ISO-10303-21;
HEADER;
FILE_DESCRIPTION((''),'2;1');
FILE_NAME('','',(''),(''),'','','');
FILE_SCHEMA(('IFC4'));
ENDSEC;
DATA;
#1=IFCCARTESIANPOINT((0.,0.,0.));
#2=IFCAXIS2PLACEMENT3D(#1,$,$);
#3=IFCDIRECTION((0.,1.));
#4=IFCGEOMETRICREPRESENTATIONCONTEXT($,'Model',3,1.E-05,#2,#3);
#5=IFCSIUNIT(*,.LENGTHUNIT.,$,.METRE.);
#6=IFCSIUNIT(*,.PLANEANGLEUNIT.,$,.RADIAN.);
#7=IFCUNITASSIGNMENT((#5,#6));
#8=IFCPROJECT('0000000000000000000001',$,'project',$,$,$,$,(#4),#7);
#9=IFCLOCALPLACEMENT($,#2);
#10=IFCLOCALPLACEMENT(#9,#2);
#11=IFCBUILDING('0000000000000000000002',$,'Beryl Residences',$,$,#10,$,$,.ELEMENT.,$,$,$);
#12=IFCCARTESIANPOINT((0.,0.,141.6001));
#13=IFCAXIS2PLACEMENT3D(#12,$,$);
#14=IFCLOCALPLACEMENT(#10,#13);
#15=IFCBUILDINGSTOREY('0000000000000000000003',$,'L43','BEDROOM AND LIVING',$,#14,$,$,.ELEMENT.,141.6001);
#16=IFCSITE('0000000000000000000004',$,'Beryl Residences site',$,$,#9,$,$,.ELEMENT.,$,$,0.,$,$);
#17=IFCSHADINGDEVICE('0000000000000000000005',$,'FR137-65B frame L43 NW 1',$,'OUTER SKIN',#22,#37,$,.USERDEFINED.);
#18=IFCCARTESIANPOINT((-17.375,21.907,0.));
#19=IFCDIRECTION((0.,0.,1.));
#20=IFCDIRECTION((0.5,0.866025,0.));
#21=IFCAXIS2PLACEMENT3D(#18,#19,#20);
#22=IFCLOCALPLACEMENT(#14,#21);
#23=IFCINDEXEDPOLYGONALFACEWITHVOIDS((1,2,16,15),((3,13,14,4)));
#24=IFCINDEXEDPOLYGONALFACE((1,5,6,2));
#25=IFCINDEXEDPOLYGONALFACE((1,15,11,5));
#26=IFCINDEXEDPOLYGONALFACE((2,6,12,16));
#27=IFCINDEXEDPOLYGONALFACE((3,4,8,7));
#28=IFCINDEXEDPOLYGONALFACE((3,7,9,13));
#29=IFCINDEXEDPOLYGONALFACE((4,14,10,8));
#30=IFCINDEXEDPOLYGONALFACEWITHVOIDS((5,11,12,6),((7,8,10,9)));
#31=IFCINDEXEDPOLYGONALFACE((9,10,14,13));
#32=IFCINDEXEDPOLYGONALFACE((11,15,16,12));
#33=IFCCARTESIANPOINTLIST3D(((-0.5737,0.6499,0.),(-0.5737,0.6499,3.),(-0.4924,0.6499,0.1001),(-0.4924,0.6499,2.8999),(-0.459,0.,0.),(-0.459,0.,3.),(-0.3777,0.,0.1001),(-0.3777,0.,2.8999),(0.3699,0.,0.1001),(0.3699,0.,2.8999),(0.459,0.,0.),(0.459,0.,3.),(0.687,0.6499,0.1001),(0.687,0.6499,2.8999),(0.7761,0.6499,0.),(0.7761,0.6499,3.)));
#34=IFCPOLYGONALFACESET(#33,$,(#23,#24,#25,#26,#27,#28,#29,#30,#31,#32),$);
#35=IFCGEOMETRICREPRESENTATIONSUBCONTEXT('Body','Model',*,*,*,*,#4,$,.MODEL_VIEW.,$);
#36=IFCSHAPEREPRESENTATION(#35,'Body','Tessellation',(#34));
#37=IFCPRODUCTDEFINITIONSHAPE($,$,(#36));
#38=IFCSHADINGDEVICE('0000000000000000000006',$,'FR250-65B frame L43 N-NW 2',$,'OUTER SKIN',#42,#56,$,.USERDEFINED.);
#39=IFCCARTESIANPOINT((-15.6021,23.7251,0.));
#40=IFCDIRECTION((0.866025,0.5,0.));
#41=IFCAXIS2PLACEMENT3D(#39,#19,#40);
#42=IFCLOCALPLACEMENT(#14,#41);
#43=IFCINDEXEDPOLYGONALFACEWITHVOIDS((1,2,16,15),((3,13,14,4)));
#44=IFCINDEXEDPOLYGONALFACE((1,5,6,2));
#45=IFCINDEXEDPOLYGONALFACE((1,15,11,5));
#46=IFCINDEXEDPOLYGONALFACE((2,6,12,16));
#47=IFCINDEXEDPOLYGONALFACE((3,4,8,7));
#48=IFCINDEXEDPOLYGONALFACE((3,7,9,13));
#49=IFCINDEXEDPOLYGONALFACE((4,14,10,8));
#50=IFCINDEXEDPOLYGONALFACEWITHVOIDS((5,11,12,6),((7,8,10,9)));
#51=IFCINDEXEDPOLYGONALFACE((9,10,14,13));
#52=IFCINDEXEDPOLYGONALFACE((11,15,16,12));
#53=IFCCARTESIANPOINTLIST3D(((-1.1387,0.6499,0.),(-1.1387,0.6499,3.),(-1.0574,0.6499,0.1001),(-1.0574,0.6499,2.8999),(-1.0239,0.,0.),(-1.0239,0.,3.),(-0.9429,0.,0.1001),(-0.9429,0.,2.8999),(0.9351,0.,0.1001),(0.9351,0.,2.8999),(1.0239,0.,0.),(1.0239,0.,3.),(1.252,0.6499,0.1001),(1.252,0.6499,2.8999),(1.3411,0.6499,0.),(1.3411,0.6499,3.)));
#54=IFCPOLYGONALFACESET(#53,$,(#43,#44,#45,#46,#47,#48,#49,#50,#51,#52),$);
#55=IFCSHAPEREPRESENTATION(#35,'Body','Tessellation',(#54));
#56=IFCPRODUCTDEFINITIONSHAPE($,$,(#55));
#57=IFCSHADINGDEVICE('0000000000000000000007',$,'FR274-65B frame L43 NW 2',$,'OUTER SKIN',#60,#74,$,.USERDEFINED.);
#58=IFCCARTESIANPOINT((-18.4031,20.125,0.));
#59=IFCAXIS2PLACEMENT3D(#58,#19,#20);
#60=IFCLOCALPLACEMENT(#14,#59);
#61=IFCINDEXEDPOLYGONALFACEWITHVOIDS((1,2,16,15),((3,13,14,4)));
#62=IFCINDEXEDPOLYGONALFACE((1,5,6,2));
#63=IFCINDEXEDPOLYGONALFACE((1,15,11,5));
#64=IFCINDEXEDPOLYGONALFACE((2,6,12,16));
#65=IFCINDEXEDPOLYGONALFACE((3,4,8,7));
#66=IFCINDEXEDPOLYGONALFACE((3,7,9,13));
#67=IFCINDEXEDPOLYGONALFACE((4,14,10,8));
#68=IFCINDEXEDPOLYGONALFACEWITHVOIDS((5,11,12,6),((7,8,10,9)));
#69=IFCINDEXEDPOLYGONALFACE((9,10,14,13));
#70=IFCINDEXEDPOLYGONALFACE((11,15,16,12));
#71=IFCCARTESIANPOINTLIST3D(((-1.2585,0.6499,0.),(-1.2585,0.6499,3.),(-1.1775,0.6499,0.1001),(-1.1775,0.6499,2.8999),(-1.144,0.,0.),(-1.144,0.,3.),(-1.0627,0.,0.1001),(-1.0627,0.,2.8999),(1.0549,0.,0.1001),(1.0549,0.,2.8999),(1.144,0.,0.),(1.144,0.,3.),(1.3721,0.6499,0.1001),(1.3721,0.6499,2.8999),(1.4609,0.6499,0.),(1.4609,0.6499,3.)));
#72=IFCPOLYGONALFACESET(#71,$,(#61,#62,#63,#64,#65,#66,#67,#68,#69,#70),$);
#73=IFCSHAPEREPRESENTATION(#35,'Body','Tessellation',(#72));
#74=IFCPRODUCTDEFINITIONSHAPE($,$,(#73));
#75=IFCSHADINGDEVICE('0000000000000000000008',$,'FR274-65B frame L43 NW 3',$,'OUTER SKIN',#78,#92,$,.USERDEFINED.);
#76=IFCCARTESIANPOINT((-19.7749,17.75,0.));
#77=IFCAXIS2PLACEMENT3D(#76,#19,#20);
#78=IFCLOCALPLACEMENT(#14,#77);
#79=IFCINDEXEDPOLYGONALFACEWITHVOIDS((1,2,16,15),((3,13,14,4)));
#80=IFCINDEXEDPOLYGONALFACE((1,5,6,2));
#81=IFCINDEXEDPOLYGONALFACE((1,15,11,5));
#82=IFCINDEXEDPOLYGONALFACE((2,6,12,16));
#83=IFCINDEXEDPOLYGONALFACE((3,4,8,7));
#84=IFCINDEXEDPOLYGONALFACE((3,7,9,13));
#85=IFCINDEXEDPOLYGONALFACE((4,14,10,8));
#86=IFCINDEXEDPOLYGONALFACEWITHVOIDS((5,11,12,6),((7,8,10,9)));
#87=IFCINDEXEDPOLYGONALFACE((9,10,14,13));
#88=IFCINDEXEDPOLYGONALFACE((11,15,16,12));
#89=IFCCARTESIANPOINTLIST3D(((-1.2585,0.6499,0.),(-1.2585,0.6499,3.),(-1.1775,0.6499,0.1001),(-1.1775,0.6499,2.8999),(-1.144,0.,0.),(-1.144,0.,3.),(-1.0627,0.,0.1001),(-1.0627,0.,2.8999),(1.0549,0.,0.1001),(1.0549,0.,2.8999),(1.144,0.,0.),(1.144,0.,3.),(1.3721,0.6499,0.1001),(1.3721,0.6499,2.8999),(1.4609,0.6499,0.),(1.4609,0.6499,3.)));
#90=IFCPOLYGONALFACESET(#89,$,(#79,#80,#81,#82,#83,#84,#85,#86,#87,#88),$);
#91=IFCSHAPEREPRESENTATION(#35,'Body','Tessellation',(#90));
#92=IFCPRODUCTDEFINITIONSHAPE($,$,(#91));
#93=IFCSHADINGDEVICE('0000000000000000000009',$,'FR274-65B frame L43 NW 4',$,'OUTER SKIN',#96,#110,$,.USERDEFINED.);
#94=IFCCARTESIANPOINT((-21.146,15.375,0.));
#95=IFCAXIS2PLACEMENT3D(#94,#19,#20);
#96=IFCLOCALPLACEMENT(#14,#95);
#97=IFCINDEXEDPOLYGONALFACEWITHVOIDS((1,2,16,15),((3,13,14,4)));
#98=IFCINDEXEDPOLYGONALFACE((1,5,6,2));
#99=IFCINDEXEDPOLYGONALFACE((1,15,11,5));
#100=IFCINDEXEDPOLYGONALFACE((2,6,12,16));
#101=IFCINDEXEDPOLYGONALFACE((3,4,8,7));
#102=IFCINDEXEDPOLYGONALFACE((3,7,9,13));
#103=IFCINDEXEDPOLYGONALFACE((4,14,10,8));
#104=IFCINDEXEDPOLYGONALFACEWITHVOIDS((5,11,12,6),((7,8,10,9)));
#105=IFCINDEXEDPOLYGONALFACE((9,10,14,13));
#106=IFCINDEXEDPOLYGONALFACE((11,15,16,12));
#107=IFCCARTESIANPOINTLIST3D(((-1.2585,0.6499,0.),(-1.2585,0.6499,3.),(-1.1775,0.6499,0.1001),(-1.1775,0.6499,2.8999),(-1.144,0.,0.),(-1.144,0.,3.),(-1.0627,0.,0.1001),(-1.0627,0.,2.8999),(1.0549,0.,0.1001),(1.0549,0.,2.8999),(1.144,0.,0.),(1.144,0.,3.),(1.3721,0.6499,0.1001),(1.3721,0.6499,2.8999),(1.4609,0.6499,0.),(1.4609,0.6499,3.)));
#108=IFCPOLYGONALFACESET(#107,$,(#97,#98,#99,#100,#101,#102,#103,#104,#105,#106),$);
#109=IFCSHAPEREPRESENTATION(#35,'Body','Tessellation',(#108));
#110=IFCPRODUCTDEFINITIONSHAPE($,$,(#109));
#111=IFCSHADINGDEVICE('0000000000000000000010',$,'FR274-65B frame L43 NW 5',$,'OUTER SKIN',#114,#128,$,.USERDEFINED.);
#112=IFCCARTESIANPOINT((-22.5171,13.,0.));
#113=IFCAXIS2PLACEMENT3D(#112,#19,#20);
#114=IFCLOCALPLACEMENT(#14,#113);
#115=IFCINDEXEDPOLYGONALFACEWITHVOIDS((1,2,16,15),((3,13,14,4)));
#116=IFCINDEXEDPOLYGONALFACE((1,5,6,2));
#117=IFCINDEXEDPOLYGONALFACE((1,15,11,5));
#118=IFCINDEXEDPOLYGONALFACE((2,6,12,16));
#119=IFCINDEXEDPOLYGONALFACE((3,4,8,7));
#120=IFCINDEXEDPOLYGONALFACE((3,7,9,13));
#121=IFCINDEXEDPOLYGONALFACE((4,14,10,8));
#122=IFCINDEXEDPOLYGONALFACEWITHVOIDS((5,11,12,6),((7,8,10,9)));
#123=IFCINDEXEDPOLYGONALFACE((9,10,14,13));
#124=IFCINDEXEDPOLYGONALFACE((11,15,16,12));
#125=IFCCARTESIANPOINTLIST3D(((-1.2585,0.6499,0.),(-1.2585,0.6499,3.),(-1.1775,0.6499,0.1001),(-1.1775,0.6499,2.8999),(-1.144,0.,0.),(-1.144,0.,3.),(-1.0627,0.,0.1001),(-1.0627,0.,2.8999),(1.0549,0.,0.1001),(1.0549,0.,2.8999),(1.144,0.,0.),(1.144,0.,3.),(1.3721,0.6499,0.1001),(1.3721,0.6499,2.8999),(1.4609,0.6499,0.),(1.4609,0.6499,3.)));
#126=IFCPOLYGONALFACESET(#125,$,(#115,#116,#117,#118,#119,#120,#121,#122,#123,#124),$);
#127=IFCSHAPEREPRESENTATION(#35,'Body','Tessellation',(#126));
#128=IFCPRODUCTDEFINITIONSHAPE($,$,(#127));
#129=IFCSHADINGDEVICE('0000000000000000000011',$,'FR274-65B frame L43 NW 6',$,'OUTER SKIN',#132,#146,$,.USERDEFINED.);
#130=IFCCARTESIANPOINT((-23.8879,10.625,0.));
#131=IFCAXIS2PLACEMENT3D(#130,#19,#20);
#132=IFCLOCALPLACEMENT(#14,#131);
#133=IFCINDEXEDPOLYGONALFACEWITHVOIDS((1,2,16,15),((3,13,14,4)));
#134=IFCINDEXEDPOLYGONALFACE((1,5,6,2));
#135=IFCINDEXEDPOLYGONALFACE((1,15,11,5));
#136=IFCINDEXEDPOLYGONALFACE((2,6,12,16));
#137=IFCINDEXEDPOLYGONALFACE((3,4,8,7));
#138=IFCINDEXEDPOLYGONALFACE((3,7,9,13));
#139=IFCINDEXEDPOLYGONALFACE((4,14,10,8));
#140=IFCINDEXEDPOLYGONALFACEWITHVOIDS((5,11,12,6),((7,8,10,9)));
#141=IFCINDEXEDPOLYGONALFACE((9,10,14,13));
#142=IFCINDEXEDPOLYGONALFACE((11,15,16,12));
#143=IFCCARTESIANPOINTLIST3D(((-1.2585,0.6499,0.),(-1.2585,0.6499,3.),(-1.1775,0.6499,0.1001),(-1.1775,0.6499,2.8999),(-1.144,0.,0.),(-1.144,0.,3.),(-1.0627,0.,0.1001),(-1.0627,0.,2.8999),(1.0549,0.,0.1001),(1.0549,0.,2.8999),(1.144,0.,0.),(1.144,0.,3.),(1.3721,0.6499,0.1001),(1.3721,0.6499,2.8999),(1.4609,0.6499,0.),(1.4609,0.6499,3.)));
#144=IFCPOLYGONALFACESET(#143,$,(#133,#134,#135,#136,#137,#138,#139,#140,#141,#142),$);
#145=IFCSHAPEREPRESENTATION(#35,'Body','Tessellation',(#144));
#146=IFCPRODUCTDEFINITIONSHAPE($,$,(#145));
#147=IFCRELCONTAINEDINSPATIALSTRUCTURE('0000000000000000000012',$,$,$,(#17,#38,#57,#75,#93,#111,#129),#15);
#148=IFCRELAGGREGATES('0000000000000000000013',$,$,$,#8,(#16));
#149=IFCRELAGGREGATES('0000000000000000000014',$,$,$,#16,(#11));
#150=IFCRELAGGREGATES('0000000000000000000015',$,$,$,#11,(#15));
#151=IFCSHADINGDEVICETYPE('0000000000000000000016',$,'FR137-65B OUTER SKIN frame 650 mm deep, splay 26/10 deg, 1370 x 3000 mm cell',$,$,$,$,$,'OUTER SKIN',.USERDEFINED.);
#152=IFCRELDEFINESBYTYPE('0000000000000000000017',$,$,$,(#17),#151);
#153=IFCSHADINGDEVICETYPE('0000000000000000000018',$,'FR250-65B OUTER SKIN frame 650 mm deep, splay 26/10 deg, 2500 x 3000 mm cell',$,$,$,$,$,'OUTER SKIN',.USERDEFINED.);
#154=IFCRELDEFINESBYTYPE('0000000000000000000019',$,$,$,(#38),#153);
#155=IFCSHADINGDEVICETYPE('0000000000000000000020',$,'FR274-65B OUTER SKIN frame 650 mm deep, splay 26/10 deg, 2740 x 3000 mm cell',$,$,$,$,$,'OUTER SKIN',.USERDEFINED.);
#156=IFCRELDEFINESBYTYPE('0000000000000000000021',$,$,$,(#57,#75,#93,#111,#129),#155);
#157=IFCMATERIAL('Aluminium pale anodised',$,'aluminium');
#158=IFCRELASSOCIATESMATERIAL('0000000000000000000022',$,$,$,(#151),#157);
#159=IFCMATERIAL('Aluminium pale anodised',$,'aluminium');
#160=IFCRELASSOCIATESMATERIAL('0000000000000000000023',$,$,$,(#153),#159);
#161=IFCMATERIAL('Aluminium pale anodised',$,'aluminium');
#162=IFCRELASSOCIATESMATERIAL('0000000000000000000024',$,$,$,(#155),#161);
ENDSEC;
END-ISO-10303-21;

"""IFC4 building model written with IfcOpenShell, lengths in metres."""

from ifc_helpers import new_model, entity, si_unit, direction, frame, origin, place, context, subcontext, project, spatial, source, transform, mapped, material, type_object, type_shapes, element, save


model = new_model("IFC4")

# Units and contexts
model_context = context("Model", 3, precision=1e-05, world=origin(), true_north=direction((0.0, 1.0)))
body_context = subcontext(model_context, "Body", "Model", "MODEL_VIEW")
ifc_project = project(units=[si_unit("LENGTHUNIT", "METRE"), si_unit("PLANEANGLEUNIT", "RADIAN")], contexts=[model_context])

# Site, building, storey
site_placement = place(None, origin())
site = spatial("IfcSite", under=ifc_project, at=site_placement, Name="Beryl Residences site", CompositionType="ELEMENT", RefElevation=0.0)
building_placement = place(site_placement, origin())
building = spatial("IfcBuilding", under=site, at=building_placement, Name="Beryl Residences", CompositionType="ELEMENT")
storey_placement = place(building_placement, frame((0.0, 0.0, 141.6001)))
storey = spatial("IfcBuildingStorey", under=building, at=storey_placement, Name="L43", Description="BEDROOM AND LIVING", CompositionType="ELEMENT", Elevation=141.6001)

# Shading devices
ifc_material_1 = material(Name="Aluminium pale anodised", Category="aluminium")
shading_device_type_1 = type_object("IfcShadingDeviceType", Name="FR137-65B OUTER SKIN frame 650 mm deep, splay 26/10 deg, 1370 x 3000 mm cell", ElementType="OUTER SKIN", PredefinedType="USERDEFINED", material=ifc_material_1)
cartesian_point_1 = entity("IfcCartesianPoint", [-0.459, 0.0])
cartesian_point_2 = entity("IfcCartesianPoint", [-0.3699, 0.1001])
cartesian_point_3 = entity("IfcCartesianPoint", [-0.7761, 0.0])
cartesian_point_4 = entity("IfcCartesianPoint", [-0.687, 0.1001])
shared_shape_1 = source(origin(), body_context, "Body", "SweptSolid", [
    entity("IfcExtrudedAreaSolidTapered", entity("IfcArbitraryProfileDefWithVoids", "AREA", None, entity("IfcPolyline", [cartesian_point_1, entity("IfcCartesianPoint", [0.459, 0.0]), entity("IfcCartesianPoint", [0.459, 3.0]), entity("IfcCartesianPoint", [-0.459, 3.0]), cartesian_point_1]), [entity("IfcPolyline", [cartesian_point_2, entity("IfcCartesianPoint", [0.3777, 0.1001]), entity("IfcCartesianPoint", [0.3777, 2.8999]), entity("IfcCartesianPoint", [-0.3699, 2.8999]), cartesian_point_2])]), entity("IfcAxis2Placement3D", entity("IfcCartesianPoint", [0.0, 0.0, 0.0]), entity("IfcDirection", [0.0, 1.0, 0.0]), entity("IfcDirection", [-1.0, 0.0, 0.0])), entity("IfcDirection", [0.0, 0.0, 1.0]), 0.6499, entity("IfcArbitraryProfileDefWithVoids", "AREA", None, entity("IfcPolyline", [cartesian_point_3, entity("IfcCartesianPoint", [0.5737, 0.0]), entity("IfcCartesianPoint", [0.5737, 3.0]), entity("IfcCartesianPoint", [-0.7761, 3.0]), cartesian_point_3]), [entity("IfcPolyline", [cartesian_point_4, entity("IfcCartesianPoint", [0.4924, 0.1001]), entity("IfcCartesianPoint", [0.4924, 2.8999]), entity("IfcCartesianPoint", [-0.687, 2.8999]), cartesian_point_4])])),
])
type_shapes(shading_device_type_1, [shared_shape_1])
shading_device_1_placement = place(storey_placement, frame((-17.375, 21.907, 0.0), z_axis=(0.0, 0.0, 1.0), x_axis=(0.5, 0.866025, 0.0)))
element("IfcShadingDevice", 1, at=shading_device_1_placement, inside=storey, type_object=shading_device_type_1, Name="FR137-65B frame L43 NW 1", ObjectType="OUTER SKIN", PredefinedType="USERDEFINED", context=body_context, shape_type="MappedRepresentation", body=[
    mapped(shared_shape_1, transform((0.0, 0.0, 0.0))),
])
ifc_material_2 = material(Name="Aluminium pale anodised", Category="aluminium")
shading_device_type_2 = type_object("IfcShadingDeviceType", Name="FR250-65B OUTER SKIN frame 650 mm deep, splay 26/10 deg, 2500 x 3000 mm cell", ElementType="OUTER SKIN", PredefinedType="USERDEFINED", material=ifc_material_2)
cartesian_point_5 = entity("IfcCartesianPoint", [-1.0239, 0.0])
cartesian_point_6 = entity("IfcCartesianPoint", [-0.9351, 0.1001])
cartesian_point_7 = entity("IfcCartesianPoint", [-1.3411, 0.0])
cartesian_point_8 = entity("IfcCartesianPoint", [-1.252, 0.1001])
shared_shape_2 = source(origin(), body_context, "Body", "SweptSolid", [
    entity("IfcExtrudedAreaSolidTapered", entity("IfcArbitraryProfileDefWithVoids", "AREA", None, entity("IfcPolyline", [cartesian_point_5, entity("IfcCartesianPoint", [1.0239, 0.0]), entity("IfcCartesianPoint", [1.0239, 3.0]), entity("IfcCartesianPoint", [-1.0239, 3.0]), cartesian_point_5]), [entity("IfcPolyline", [cartesian_point_6, entity("IfcCartesianPoint", [0.9429, 0.1001]), entity("IfcCartesianPoint", [0.9429, 2.8999]), entity("IfcCartesianPoint", [-0.9351, 2.8999]), cartesian_point_6])]), entity("IfcAxis2Placement3D", entity("IfcCartesianPoint", [0.0, 0.0, 0.0]), entity("IfcDirection", [0.0, 1.0, 0.0]), entity("IfcDirection", [-1.0, 0.0, 0.0])), entity("IfcDirection", [0.0, 0.0, 1.0]), 0.6499, entity("IfcArbitraryProfileDefWithVoids", "AREA", None, entity("IfcPolyline", [cartesian_point_7, entity("IfcCartesianPoint", [1.1387, 0.0]), entity("IfcCartesianPoint", [1.1387, 3.0]), entity("IfcCartesianPoint", [-1.3411, 3.0]), cartesian_point_7]), [entity("IfcPolyline", [cartesian_point_8, entity("IfcCartesianPoint", [1.0574, 0.1001]), entity("IfcCartesianPoint", [1.0574, 2.8999]), entity("IfcCartesianPoint", [-1.252, 2.8999]), cartesian_point_8])])),
])
type_shapes(shading_device_type_2, [shared_shape_2])
shading_device_2_placement = place(storey_placement, frame((-15.6021, 23.7251, 0.0), z_axis=(0.0, 0.0, 1.0), x_axis=(0.866025, 0.5, 0.0)))
element("IfcShadingDevice", 2, at=shading_device_2_placement, inside=storey, type_object=shading_device_type_2, Name="FR250-65B frame L43 N-NW 2", ObjectType="OUTER SKIN", PredefinedType="USERDEFINED", context=body_context, shape_type="MappedRepresentation", body=[
    mapped(shared_shape_2, transform((0.0, 0.0, 0.0))),
])
ifc_material_3 = material(Name="Aluminium pale anodised", Category="aluminium")
shading_device_type_3 = type_object("IfcShadingDeviceType", Name="FR274-65B OUTER SKIN frame 650 mm deep, splay 26/10 deg, 2740 x 3000 mm cell", ElementType="OUTER SKIN", PredefinedType="USERDEFINED", material=ifc_material_3)
cartesian_point_9 = entity("IfcCartesianPoint", [-1.144, 0.0])
cartesian_point_10 = entity("IfcCartesianPoint", [-1.0549, 0.1001])
cartesian_point_11 = entity("IfcCartesianPoint", [-1.4609, 0.0])
cartesian_point_12 = entity("IfcCartesianPoint", [-1.3721, 0.1001])
shared_shape_3 = source(origin(), body_context, "Body", "SweptSolid", [
    entity("IfcExtrudedAreaSolidTapered", entity("IfcArbitraryProfileDefWithVoids", "AREA", None, entity("IfcPolyline", [cartesian_point_9, entity("IfcCartesianPoint", [1.144, 0.0]), entity("IfcCartesianPoint", [1.144, 3.0]), entity("IfcCartesianPoint", [-1.144, 3.0]), cartesian_point_9]), [entity("IfcPolyline", [cartesian_point_10, entity("IfcCartesianPoint", [1.0627, 0.1001]), entity("IfcCartesianPoint", [1.0627, 2.8999]), entity("IfcCartesianPoint", [-1.0549, 2.8999]), cartesian_point_10])]), entity("IfcAxis2Placement3D", entity("IfcCartesianPoint", [0.0, 0.0, 0.0]), entity("IfcDirection", [0.0, 1.0, 0.0]), entity("IfcDirection", [-1.0, 0.0, 0.0])), entity("IfcDirection", [0.0, 0.0, 1.0]), 0.6499, entity("IfcArbitraryProfileDefWithVoids", "AREA", None, entity("IfcPolyline", [cartesian_point_11, entity("IfcCartesianPoint", [1.2585, 0.0]), entity("IfcCartesianPoint", [1.2585, 3.0]), entity("IfcCartesianPoint", [-1.4609, 3.0]), cartesian_point_11]), [entity("IfcPolyline", [cartesian_point_12, entity("IfcCartesianPoint", [1.1775, 0.1001]), entity("IfcCartesianPoint", [1.1775, 2.8999]), entity("IfcCartesianPoint", [-1.3721, 2.8999]), cartesian_point_12])])),
])
type_shapes(shading_device_type_3, [shared_shape_3])
for number, where, z_axis, x_axis, name in (
    (3, (-18.4031, 20.125, 0.0), (0.0, 0.0, 1.0), (0.5, 0.866025, 0.0), "FR274-65B frame L43 NW 2"),
    (4, (-19.7749, 17.75, 0.0), (0.0, 0.0, 1.0), (0.5, 0.866025, 0.0), "FR274-65B frame L43 NW 3"),
    (5, (-21.146, 15.375, 0.0), (0.0, 0.0, 1.0), (0.5, 0.866025, 0.0), "FR274-65B frame L43 NW 4"),
    (6, (-22.5171, 13.0, 0.0), (0.0, 0.0, 1.0), (0.5, 0.866025, 0.0), "FR274-65B frame L43 NW 5"),
    (7, (-23.8879, 10.625, 0.0), (0.0, 0.0, 1.0), (0.5, 0.866025, 0.0), "FR274-65B frame L43 NW 6"),
):
    element("IfcShadingDevice", number, at=place(storey_placement, frame(where, z_axis=z_axis, x_axis=x_axis)), inside=storey, type_object=shading_device_type_3, Name=name, ObjectType="OUTER SKIN", PredefinedType="USERDEFINED", context=body_context, shape_type="MappedRepresentation", body=[
        mapped(shared_shape_3, transform((0.0, 0.0, 0.0))),
    ])

save(model, "model.ifc")
